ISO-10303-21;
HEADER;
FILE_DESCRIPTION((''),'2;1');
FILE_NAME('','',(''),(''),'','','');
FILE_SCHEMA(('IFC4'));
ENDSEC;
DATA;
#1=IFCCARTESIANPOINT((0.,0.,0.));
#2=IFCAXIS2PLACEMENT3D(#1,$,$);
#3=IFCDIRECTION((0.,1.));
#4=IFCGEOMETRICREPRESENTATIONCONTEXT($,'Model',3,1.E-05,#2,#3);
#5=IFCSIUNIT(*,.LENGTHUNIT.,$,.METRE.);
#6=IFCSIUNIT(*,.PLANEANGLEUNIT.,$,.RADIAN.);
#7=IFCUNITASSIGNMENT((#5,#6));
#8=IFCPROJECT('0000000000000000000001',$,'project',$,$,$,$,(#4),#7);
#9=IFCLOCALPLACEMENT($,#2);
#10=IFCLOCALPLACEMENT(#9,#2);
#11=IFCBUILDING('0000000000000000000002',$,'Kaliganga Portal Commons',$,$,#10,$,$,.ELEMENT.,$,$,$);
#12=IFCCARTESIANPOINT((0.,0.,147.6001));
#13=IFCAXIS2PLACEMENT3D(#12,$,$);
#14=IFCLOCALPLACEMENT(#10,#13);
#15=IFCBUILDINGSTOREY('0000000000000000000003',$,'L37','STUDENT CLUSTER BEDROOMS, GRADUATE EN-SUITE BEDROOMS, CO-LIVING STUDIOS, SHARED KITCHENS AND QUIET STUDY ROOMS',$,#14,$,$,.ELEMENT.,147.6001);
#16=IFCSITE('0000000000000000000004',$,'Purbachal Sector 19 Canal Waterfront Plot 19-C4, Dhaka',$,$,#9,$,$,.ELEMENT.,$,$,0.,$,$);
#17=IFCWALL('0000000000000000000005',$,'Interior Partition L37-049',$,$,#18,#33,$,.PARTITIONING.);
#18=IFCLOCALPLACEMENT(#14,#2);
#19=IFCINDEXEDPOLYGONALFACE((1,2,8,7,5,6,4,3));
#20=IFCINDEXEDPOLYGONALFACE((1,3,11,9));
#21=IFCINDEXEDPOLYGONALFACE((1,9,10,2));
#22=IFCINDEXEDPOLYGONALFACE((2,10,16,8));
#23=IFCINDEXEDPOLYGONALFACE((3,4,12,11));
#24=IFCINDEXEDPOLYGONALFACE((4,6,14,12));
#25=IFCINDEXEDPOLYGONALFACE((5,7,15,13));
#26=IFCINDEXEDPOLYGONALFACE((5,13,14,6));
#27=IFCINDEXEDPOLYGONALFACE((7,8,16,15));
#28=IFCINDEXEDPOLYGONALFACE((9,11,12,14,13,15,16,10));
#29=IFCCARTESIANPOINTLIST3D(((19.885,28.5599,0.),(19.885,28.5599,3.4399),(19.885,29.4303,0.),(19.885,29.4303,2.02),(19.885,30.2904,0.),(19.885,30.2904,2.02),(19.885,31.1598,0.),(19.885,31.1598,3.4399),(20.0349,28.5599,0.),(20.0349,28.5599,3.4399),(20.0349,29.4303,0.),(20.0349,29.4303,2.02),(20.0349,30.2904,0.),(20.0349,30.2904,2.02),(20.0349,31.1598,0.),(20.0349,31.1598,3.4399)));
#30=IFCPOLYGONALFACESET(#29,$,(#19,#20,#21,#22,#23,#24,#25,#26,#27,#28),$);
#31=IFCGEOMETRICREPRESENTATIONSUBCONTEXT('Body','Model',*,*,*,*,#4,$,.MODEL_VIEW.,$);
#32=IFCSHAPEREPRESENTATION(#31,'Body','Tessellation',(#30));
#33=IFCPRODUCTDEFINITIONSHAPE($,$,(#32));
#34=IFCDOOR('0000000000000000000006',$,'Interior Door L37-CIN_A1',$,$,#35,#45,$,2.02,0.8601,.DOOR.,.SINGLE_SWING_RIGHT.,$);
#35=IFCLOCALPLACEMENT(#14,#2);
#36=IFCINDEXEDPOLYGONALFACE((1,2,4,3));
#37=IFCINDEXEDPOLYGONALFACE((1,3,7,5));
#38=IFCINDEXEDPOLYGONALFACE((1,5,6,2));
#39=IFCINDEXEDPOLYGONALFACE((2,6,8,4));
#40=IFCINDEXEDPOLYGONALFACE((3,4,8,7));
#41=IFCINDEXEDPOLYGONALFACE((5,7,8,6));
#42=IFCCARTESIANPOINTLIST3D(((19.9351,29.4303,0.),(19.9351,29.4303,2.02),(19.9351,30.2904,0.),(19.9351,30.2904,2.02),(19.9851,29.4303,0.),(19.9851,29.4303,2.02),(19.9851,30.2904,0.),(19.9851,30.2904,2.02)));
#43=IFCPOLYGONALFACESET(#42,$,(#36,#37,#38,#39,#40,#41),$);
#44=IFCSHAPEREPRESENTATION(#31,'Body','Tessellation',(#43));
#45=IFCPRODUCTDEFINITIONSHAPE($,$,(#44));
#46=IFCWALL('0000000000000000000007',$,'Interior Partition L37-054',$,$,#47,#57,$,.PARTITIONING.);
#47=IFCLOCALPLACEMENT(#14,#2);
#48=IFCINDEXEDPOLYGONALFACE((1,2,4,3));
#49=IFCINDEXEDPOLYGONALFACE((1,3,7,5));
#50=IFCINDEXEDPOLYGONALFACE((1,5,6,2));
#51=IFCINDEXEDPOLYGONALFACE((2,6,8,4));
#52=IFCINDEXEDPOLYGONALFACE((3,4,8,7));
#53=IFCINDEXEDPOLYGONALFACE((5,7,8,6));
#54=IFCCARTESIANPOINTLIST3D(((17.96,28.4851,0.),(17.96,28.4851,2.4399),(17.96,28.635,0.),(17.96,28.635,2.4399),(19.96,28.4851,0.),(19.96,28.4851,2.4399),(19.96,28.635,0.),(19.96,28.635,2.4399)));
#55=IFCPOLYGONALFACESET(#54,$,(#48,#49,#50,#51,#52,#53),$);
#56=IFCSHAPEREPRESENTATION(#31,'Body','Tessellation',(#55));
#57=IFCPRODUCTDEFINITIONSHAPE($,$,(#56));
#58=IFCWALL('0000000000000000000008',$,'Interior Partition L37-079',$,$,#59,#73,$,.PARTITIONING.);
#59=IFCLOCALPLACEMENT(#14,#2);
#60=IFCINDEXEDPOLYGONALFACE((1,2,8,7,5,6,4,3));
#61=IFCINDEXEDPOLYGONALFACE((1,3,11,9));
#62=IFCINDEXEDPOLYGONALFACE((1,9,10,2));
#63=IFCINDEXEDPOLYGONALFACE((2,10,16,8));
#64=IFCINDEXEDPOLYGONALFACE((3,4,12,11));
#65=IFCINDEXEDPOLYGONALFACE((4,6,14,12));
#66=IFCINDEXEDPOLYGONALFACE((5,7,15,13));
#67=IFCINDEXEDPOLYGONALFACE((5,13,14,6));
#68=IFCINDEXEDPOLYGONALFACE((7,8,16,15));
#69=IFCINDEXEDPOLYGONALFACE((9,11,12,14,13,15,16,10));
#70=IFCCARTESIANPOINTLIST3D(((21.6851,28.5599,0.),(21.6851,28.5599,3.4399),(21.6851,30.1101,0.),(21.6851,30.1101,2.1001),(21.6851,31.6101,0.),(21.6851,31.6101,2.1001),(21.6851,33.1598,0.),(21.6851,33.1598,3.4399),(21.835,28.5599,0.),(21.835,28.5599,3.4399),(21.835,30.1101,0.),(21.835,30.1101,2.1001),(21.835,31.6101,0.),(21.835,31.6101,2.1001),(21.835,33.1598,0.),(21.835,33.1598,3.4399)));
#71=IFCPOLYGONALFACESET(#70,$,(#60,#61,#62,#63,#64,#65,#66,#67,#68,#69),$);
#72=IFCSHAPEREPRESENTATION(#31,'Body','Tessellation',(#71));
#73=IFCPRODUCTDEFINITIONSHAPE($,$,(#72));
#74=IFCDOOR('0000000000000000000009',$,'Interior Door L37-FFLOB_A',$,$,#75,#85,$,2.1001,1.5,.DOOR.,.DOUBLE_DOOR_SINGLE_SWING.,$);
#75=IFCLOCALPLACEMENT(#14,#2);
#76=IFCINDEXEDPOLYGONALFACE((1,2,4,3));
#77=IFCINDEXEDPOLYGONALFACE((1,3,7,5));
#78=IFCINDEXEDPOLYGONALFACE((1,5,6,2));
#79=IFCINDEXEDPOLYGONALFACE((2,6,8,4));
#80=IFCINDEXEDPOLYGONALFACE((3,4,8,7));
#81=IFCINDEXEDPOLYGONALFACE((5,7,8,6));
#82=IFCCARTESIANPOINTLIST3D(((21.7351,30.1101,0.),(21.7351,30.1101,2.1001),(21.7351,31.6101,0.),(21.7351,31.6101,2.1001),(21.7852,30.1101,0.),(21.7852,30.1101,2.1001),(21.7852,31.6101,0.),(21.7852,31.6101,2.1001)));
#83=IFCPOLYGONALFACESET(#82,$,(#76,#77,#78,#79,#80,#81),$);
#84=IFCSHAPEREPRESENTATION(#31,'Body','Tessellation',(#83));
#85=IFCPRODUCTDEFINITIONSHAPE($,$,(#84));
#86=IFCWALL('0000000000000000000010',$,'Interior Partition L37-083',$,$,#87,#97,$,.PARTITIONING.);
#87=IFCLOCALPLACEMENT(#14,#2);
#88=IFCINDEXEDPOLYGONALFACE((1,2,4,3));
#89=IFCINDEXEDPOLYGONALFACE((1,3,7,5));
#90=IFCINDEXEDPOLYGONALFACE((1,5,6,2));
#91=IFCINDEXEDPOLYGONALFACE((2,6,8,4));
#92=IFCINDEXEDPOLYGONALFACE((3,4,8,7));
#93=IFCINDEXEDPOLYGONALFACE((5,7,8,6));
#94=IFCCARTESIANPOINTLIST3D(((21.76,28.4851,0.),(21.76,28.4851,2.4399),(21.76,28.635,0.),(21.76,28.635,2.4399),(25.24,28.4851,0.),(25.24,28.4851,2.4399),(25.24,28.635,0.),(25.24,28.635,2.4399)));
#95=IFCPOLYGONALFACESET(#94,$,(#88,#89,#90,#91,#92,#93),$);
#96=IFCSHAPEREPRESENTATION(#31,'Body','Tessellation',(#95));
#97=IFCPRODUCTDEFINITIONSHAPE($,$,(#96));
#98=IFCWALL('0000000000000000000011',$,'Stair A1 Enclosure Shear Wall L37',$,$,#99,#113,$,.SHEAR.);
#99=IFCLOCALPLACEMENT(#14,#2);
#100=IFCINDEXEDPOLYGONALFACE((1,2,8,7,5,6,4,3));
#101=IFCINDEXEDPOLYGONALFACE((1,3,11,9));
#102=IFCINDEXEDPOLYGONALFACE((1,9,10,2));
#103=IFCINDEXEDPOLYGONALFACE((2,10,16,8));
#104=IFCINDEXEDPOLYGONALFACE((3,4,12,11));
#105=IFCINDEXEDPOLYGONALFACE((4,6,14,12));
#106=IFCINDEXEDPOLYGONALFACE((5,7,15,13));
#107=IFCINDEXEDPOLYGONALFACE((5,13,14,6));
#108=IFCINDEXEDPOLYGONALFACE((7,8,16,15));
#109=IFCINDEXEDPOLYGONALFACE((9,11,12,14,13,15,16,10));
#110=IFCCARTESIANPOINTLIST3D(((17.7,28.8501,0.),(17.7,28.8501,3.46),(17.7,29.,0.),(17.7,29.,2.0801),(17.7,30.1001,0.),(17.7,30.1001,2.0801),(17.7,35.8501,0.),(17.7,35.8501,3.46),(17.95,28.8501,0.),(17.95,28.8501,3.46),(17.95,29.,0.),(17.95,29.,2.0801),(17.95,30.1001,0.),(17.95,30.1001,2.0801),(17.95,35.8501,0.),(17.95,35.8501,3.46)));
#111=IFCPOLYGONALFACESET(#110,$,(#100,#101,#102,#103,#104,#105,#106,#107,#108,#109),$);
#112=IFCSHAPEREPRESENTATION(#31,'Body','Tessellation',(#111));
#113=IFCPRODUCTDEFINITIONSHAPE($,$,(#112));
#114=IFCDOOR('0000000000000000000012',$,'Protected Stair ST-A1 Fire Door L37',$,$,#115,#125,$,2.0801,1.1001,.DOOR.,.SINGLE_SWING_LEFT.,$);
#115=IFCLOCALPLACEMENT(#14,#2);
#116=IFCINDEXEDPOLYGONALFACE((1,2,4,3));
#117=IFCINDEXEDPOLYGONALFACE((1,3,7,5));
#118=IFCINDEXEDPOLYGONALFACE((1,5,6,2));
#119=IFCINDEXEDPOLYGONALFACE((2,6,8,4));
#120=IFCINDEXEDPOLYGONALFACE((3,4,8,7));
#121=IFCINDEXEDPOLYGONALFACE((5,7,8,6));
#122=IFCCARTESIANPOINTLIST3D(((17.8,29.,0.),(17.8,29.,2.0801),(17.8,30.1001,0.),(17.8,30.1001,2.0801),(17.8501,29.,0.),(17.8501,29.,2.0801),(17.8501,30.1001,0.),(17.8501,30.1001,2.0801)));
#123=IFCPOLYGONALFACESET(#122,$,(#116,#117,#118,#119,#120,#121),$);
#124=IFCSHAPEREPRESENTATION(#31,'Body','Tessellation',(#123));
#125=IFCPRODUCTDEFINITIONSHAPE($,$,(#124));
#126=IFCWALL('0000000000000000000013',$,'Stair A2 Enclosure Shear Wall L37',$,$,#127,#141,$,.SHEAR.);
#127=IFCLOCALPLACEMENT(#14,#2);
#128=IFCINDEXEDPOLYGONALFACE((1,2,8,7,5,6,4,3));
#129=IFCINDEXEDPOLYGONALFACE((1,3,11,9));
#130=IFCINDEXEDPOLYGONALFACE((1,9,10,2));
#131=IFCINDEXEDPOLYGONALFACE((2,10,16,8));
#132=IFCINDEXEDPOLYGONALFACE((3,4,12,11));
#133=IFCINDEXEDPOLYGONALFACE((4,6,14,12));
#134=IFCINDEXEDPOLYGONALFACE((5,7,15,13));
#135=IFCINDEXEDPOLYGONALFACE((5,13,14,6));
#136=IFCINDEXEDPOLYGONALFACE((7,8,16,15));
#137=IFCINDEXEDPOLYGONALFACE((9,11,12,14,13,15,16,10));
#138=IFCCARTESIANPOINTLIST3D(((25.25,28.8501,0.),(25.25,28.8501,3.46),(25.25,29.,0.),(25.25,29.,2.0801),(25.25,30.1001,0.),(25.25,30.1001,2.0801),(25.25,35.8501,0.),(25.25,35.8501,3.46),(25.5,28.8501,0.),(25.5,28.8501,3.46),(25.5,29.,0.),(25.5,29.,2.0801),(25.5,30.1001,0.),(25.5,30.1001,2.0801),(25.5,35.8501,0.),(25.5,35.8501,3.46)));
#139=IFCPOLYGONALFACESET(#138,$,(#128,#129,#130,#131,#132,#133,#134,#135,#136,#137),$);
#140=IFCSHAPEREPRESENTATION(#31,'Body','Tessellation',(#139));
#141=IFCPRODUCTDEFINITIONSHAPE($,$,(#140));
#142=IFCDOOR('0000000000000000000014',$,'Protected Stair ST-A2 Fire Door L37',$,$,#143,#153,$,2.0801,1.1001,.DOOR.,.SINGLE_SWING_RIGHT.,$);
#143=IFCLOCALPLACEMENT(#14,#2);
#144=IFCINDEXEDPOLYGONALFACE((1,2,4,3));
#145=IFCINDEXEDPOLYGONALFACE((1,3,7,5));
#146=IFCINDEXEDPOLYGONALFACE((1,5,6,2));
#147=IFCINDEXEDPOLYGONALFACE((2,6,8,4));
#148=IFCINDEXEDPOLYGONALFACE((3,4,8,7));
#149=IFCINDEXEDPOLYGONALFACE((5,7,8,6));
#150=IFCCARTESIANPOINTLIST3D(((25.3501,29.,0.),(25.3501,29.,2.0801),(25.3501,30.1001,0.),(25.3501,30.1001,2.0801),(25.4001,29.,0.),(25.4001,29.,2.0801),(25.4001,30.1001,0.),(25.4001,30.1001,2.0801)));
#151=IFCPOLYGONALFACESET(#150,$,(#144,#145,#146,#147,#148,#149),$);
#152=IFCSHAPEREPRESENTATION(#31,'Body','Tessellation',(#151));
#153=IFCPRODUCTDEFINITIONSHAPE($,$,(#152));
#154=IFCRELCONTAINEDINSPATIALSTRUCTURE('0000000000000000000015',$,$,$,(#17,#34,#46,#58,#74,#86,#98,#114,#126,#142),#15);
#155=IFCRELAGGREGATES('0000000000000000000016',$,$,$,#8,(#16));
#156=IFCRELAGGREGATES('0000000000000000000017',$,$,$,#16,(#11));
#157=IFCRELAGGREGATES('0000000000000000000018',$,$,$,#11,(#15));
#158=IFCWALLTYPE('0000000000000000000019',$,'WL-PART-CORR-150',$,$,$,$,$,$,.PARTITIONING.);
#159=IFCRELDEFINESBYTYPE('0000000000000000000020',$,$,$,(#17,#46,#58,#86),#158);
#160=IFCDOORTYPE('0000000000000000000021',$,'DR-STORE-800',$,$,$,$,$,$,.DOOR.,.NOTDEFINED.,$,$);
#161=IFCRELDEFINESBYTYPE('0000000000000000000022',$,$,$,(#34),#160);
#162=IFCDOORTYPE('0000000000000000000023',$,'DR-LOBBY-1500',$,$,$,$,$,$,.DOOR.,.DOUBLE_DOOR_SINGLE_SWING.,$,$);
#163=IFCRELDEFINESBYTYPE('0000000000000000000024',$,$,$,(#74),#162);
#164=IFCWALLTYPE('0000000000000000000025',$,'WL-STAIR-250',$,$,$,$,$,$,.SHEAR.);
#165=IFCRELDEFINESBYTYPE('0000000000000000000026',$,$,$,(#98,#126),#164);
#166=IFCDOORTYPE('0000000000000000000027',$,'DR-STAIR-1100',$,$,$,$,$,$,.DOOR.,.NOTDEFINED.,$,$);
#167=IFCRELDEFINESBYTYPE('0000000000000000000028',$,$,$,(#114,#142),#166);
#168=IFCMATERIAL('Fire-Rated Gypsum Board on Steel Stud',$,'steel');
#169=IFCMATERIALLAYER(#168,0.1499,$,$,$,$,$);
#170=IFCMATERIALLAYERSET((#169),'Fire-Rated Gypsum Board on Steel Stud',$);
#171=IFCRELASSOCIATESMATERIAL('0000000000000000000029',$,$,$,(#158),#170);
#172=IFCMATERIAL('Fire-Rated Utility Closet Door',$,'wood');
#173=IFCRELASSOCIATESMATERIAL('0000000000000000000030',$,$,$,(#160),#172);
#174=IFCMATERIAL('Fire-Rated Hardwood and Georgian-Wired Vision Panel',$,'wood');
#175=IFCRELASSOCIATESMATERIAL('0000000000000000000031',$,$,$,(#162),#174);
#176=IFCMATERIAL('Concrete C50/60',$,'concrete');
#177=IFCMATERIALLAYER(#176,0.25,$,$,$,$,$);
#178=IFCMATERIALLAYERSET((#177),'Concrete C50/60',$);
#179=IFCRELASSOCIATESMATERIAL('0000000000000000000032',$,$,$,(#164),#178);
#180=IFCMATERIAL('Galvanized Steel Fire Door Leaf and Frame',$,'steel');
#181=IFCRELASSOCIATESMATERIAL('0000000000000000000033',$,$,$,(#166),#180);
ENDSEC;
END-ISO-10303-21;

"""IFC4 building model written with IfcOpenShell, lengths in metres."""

from ifc_helpers import new_model, si_unit, direction, frame, frame_2d, origin, place, context, subcontext, project, spatial, rectangle, extrude, material, layer, layer_set, type_object, element, fill, save


model = new_model("IFC4")

# Units and contexts
model_context = context("Model", 3, precision=1e-05, world=origin(), true_north=direction((0.0, 1.0)))
body_context = subcontext(model_context, "Body", "Model", "MODEL_VIEW")
ifc_project = project(units=[si_unit("LENGTHUNIT", "METRE"), si_unit("PLANEANGLEUNIT", "RADIAN")], contexts=[model_context])

# Site, building, storey
site_placement = place(None, origin())
site = spatial("IfcSite", under=ifc_project, at=site_placement, Name="Purbachal Sector 19 Canal Waterfront Plot 19-C4, Dhaka", CompositionType="ELEMENT", RefElevation=0.0)
building_placement = place(site_placement, origin())
building = spatial("IfcBuilding", under=site, at=building_placement, Name="Kaliganga Portal Commons", CompositionType="ELEMENT")
storey_placement = place(building_placement, frame((0.0, 0.0, 147.6001)))
storey = spatial("IfcBuildingStorey", under=building, at=storey_placement, Name="L37", Description="STUDENT CLUSTER BEDROOMS, GRADUATE EN-SUITE BEDROOMS, CO-LIVING STUDIOS, SHARED KITCHENS AND QUIET STUDY ROOMS", CompositionType="ELEMENT", Elevation=147.6001)

# Shared definitions
ifc_material_1 = material(Name="Concrete C50/60", Category="concrete")

# Wall, opening, door
ifc_material_2 = material(Name="Fire-Rated Gypsum Board on Steel Stud", Category="steel")
ifc_layer_1 = layer(ifc_material_2, 0.1499)
ifc_layer_set_1 = layer_set([ifc_layer_1], Name="Fire-Rated Gypsum Board on Steel Stud")
wall_type_1 = type_object("IfcWallType", Name="WL-PART-CORR-150", PredefinedType="PARTITIONING", material=ifc_layer_set_1)
wall_1_placement = place(storey_placement, frame((19.96, 28.5601, 0.0), z_axis=(0.0, 0.0, 1.0), x_axis=(0.0, 1.0, 0.0)))
wall_1 = element("IfcWall", 1, at=wall_1_placement, inside=storey, type_object=wall_type_1, Name="Interior Partition L37-049", PredefinedType="PARTITIONING", context=body_context, shape_type="SweptSolid", body=[
    extrude(rectangle(XDim=2.5999, YDim=0.1499, at=frame_2d((1.2998, 0.0))), origin(), (0.0, 0.0, 1.0), 3.4399),
])
opening_1_placement = place(wall_1_placement, frame((0.8701, 0.0, 0.0)))
opening_1 = element("IfcOpeningElement", 2, at=opening_1_placement, cuts=wall_1, PredefinedType="OPENING", context=body_context, shape_type="SweptSolid", body=[
    extrude(rectangle(XDim=0.8601, YDim=2.02, at=frame_2d((0.4302, 1.01))), frame((0.0, 0.085, 0.0), z_axis=(0.0, -1.0, 0.0), x_axis=(1.0, 0.0, 0.0)), (0.0, 0.0, 1.0), 0.1699),
])
ifc_material_3 = material(Name="Fire-Rated Utility Closet Door", Category="wood")
door_type_1 = type_object("IfcDoorType", Name="DR-STORE-800", OperationType="NOTDEFINED", PredefinedType="DOOR", material=ifc_material_3)
door_1_placement = place(opening_1_placement, origin())
door_1 = element("IfcDoor", 3, at=door_1_placement, inside=storey, type_object=door_type_1, Name="Interior Door L37-CIN_A1", OperationType="SINGLE_SWING_RIGHT", OverallHeight=2.02, OverallWidth=0.8601, PredefinedType="DOOR", context=body_context, shape_type="SweptSolid", body=[
    extrude(rectangle(XDim=0.8601, YDim=2.02, at=frame_2d((0.4302, 1.01))), frame((0.0, 0.0249, 0.0), z_axis=(0.0, -1.0, 0.0), x_axis=(1.0, 0.0, 0.0)), (0.0, 0.0, 1.0), 0.05),
])
fill(opening_1, door_1)

# Wall
wall_2_placement = place(storey_placement, frame((17.96, 28.5601, 0.0), z_axis=(0.0, 0.0, 1.0), x_axis=(1.0, 0.0, 0.0)))
element("IfcWall", 4, at=wall_2_placement, inside=storey, type_object=wall_type_1, Name="Interior Partition L37-054", PredefinedType="PARTITIONING", context=body_context, shape_type="SweptSolid", body=[
    extrude(rectangle(XDim=2.0, YDim=0.1499, at=frame_2d((1.0, 0.0))), origin(), (0.0, 0.0, 1.0), 2.4399),
])

# Wall, opening, door
wall_3_placement = place(storey_placement, frame((21.76, 28.5601, 0.0), z_axis=(0.0, 0.0, 1.0), x_axis=(0.0, 1.0, 0.0)))
wall_3 = element("IfcWall", 5, at=wall_3_placement, inside=storey, type_object=wall_type_1, Name="Interior Partition L37-079", PredefinedType="PARTITIONING", context=body_context, shape_type="SweptSolid", body=[
    extrude(rectangle(XDim=4.5999, YDim=0.1499, at=frame_2d((2.2998, 0.0))), origin(), (0.0, 0.0, 1.0), 3.4399),
])
opening_2_placement = place(wall_3_placement, frame((1.55, 0.0, 0.0)))
opening_2 = element("IfcOpeningElement", 6, at=opening_2_placement, cuts=wall_3, PredefinedType="OPENING", context=body_context, shape_type="SweptSolid", body=[
    extrude(rectangle(XDim=1.5, YDim=2.1001, at=frame_2d((0.75, 1.05))), frame((0.0, 0.085, 0.0), z_axis=(0.0, -1.0, 0.0), x_axis=(1.0, 0.0, 0.0)), (0.0, 0.0, 1.0), 0.1699),
])
ifc_material_4 = material(Name="Fire-Rated Hardwood and Georgian-Wired Vision Panel", Category="wood")
door_type_2 = type_object("IfcDoorType", Name="DR-LOBBY-1500", OperationType="DOUBLE_DOOR_SINGLE_SWING", PredefinedType="DOOR", material=ifc_material_4)
door_2_placement = place(opening_2_placement, origin())
door_2 = element("IfcDoor", 7, at=door_2_placement, inside=storey, type_object=door_type_2, Name="Interior Door L37-FFLOB_A", OperationType="DOUBLE_DOOR_SINGLE_SWING", OverallHeight=2.1001, OverallWidth=1.5, PredefinedType="DOOR", context=body_context, shape_type="SweptSolid", body=[
    extrude(rectangle(XDim=1.5, YDim=2.1001, at=frame_2d((0.75, 1.05))), frame((0.0, 0.0249, 0.0), z_axis=(0.0, -1.0, 0.0), x_axis=(1.0, 0.0, 0.0)), (0.0, 0.0, 1.0), 0.05),
])
fill(opening_2, door_2)

# Wall
wall_4_placement = place(storey_placement, frame((21.76, 28.5601, 0.0), z_axis=(0.0, 0.0, 1.0), x_axis=(1.0, 0.0, 0.0)))
element("IfcWall", 8, at=wall_4_placement, inside=storey, type_object=wall_type_1, Name="Interior Partition L37-083", PredefinedType="PARTITIONING", context=body_context, shape_type="SweptSolid", body=[
    extrude(rectangle(XDim=3.48, YDim=0.1499, at=frame_2d((1.74, 0.0))), origin(), (0.0, 0.0, 1.0), 2.4399),
])

# Walls, openings, doors
ifc_layer_2 = layer(ifc_material_1, 0.25)
ifc_layer_set_2 = layer_set([ifc_layer_2], Name="Concrete C50/60")
wall_type_2 = type_object("IfcWallType", Name="WL-STAIR-250", PredefinedType="SHEAR", material=ifc_layer_set_2)
wall_5_placement = place(storey_placement, frame((17.825, 28.8501, 0.0), z_axis=(0.0, 0.0, 1.0), x_axis=(0.0, 1.0, 0.0)))
wall_5 = element("IfcWall", 9, at=wall_5_placement, inside=storey, type_object=wall_type_2, Name="Stair A1 Enclosure Shear Wall L37", PredefinedType="SHEAR", context=body_context, shape_type="SweptSolid", body=[
    extrude(rectangle(XDim=7.0, YDim=0.25, at=frame_2d((3.5, 0.0))), origin(), (0.0, 0.0, 1.0), 3.46),
])
opening_3_placement = place(wall_5_placement, frame((0.1499, 0.0, 0.0)))
opening_3 = element("IfcOpeningElement", 10, at=opening_3_placement, cuts=wall_5, PredefinedType="OPENING", context=body_context, shape_type="SweptSolid", body=[
    extrude(rectangle(XDim=1.1001, YDim=2.0801, at=frame_2d((0.55, 1.04))), frame((0.0, 0.135, 0.0), z_axis=(0.0, -1.0, 0.0), x_axis=(1.0, 0.0, 0.0)), (0.0, 0.0, 1.0), 0.27),
])
ifc_material_5 = material(Name="Galvanized Steel Fire Door Leaf and Frame", Category="steel")
door_type_3 = type_object("IfcDoorType", Name="DR-STAIR-1100", OperationType="NOTDEFINED", PredefinedType="DOOR", material=ifc_material_5)
door_3_placement = place(opening_3_placement, origin())
door_3 = element("IfcDoor", 11, at=door_3_placement, inside=storey, type_object=door_type_3, Name="Protected Stair ST-A1 Fire Door L37", OperationType="SINGLE_SWING_LEFT", OverallHeight=2.0801, OverallWidth=1.1001, PredefinedType="DOOR", context=body_context, shape_type="SweptSolid", body=[
    extrude(rectangle(XDim=1.1001, YDim=2.0801, at=frame_2d((0.55, 1.04))), frame((0.0, 0.0249, 0.0), z_axis=(0.0, -1.0, 0.0), x_axis=(1.0, 0.0, 0.0)), (0.0, 0.0, 1.0), 0.05),
])
fill(opening_3, door_3)
wall_6_placement = place(storey_placement, frame((25.375, 28.8501, 0.0), z_axis=(0.0, 0.0, 1.0), x_axis=(0.0, 1.0, 0.0)))
wall_6 = element("IfcWall", 12, at=wall_6_placement, inside=storey, type_object=wall_type_2, Name="Stair A2 Enclosure Shear Wall L37", PredefinedType="SHEAR", context=body_context, shape_type="SweptSolid", body=[
    extrude(rectangle(XDim=7.0, YDim=0.25, at=frame_2d((3.5, 0.0))), origin(), (0.0, 0.0, 1.0), 3.46),
])
opening_4_placement = place(wall_6_placement, frame((0.1499, 0.0, 0.0)))
opening_4 = element("IfcOpeningElement", 13, at=opening_4_placement, cuts=wall_6, PredefinedType="OPENING", context=body_context, shape_type="SweptSolid", body=[
    extrude(rectangle(XDim=1.1001, YDim=2.0801, at=frame_2d((0.55, 1.04))), frame((0.0, 0.135, 0.0), z_axis=(0.0, -1.0, 0.0), x_axis=(1.0, 0.0, 0.0)), (0.0, 0.0, 1.0), 0.27),
])
door_4_placement = place(opening_4_placement, origin())
door_4 = element("IfcDoor", 14, at=door_4_placement, inside=storey, type_object=door_type_3, Name="Protected Stair ST-A2 Fire Door L37", OperationType="SINGLE_SWING_RIGHT", OverallHeight=2.0801, OverallWidth=1.1001, PredefinedType="DOOR", context=body_context, shape_type="SweptSolid", body=[
    extrude(rectangle(XDim=1.1001, YDim=2.0801, at=frame_2d((0.55, 1.04))), frame((0.0, 0.0249, 0.0), z_axis=(0.0, -1.0, 0.0), x_axis=(1.0, 0.0, 0.0)), (0.0, 0.0, 1.0), 0.05),
])
fill(opening_4, door_4)

save(model, "model.ifc")
